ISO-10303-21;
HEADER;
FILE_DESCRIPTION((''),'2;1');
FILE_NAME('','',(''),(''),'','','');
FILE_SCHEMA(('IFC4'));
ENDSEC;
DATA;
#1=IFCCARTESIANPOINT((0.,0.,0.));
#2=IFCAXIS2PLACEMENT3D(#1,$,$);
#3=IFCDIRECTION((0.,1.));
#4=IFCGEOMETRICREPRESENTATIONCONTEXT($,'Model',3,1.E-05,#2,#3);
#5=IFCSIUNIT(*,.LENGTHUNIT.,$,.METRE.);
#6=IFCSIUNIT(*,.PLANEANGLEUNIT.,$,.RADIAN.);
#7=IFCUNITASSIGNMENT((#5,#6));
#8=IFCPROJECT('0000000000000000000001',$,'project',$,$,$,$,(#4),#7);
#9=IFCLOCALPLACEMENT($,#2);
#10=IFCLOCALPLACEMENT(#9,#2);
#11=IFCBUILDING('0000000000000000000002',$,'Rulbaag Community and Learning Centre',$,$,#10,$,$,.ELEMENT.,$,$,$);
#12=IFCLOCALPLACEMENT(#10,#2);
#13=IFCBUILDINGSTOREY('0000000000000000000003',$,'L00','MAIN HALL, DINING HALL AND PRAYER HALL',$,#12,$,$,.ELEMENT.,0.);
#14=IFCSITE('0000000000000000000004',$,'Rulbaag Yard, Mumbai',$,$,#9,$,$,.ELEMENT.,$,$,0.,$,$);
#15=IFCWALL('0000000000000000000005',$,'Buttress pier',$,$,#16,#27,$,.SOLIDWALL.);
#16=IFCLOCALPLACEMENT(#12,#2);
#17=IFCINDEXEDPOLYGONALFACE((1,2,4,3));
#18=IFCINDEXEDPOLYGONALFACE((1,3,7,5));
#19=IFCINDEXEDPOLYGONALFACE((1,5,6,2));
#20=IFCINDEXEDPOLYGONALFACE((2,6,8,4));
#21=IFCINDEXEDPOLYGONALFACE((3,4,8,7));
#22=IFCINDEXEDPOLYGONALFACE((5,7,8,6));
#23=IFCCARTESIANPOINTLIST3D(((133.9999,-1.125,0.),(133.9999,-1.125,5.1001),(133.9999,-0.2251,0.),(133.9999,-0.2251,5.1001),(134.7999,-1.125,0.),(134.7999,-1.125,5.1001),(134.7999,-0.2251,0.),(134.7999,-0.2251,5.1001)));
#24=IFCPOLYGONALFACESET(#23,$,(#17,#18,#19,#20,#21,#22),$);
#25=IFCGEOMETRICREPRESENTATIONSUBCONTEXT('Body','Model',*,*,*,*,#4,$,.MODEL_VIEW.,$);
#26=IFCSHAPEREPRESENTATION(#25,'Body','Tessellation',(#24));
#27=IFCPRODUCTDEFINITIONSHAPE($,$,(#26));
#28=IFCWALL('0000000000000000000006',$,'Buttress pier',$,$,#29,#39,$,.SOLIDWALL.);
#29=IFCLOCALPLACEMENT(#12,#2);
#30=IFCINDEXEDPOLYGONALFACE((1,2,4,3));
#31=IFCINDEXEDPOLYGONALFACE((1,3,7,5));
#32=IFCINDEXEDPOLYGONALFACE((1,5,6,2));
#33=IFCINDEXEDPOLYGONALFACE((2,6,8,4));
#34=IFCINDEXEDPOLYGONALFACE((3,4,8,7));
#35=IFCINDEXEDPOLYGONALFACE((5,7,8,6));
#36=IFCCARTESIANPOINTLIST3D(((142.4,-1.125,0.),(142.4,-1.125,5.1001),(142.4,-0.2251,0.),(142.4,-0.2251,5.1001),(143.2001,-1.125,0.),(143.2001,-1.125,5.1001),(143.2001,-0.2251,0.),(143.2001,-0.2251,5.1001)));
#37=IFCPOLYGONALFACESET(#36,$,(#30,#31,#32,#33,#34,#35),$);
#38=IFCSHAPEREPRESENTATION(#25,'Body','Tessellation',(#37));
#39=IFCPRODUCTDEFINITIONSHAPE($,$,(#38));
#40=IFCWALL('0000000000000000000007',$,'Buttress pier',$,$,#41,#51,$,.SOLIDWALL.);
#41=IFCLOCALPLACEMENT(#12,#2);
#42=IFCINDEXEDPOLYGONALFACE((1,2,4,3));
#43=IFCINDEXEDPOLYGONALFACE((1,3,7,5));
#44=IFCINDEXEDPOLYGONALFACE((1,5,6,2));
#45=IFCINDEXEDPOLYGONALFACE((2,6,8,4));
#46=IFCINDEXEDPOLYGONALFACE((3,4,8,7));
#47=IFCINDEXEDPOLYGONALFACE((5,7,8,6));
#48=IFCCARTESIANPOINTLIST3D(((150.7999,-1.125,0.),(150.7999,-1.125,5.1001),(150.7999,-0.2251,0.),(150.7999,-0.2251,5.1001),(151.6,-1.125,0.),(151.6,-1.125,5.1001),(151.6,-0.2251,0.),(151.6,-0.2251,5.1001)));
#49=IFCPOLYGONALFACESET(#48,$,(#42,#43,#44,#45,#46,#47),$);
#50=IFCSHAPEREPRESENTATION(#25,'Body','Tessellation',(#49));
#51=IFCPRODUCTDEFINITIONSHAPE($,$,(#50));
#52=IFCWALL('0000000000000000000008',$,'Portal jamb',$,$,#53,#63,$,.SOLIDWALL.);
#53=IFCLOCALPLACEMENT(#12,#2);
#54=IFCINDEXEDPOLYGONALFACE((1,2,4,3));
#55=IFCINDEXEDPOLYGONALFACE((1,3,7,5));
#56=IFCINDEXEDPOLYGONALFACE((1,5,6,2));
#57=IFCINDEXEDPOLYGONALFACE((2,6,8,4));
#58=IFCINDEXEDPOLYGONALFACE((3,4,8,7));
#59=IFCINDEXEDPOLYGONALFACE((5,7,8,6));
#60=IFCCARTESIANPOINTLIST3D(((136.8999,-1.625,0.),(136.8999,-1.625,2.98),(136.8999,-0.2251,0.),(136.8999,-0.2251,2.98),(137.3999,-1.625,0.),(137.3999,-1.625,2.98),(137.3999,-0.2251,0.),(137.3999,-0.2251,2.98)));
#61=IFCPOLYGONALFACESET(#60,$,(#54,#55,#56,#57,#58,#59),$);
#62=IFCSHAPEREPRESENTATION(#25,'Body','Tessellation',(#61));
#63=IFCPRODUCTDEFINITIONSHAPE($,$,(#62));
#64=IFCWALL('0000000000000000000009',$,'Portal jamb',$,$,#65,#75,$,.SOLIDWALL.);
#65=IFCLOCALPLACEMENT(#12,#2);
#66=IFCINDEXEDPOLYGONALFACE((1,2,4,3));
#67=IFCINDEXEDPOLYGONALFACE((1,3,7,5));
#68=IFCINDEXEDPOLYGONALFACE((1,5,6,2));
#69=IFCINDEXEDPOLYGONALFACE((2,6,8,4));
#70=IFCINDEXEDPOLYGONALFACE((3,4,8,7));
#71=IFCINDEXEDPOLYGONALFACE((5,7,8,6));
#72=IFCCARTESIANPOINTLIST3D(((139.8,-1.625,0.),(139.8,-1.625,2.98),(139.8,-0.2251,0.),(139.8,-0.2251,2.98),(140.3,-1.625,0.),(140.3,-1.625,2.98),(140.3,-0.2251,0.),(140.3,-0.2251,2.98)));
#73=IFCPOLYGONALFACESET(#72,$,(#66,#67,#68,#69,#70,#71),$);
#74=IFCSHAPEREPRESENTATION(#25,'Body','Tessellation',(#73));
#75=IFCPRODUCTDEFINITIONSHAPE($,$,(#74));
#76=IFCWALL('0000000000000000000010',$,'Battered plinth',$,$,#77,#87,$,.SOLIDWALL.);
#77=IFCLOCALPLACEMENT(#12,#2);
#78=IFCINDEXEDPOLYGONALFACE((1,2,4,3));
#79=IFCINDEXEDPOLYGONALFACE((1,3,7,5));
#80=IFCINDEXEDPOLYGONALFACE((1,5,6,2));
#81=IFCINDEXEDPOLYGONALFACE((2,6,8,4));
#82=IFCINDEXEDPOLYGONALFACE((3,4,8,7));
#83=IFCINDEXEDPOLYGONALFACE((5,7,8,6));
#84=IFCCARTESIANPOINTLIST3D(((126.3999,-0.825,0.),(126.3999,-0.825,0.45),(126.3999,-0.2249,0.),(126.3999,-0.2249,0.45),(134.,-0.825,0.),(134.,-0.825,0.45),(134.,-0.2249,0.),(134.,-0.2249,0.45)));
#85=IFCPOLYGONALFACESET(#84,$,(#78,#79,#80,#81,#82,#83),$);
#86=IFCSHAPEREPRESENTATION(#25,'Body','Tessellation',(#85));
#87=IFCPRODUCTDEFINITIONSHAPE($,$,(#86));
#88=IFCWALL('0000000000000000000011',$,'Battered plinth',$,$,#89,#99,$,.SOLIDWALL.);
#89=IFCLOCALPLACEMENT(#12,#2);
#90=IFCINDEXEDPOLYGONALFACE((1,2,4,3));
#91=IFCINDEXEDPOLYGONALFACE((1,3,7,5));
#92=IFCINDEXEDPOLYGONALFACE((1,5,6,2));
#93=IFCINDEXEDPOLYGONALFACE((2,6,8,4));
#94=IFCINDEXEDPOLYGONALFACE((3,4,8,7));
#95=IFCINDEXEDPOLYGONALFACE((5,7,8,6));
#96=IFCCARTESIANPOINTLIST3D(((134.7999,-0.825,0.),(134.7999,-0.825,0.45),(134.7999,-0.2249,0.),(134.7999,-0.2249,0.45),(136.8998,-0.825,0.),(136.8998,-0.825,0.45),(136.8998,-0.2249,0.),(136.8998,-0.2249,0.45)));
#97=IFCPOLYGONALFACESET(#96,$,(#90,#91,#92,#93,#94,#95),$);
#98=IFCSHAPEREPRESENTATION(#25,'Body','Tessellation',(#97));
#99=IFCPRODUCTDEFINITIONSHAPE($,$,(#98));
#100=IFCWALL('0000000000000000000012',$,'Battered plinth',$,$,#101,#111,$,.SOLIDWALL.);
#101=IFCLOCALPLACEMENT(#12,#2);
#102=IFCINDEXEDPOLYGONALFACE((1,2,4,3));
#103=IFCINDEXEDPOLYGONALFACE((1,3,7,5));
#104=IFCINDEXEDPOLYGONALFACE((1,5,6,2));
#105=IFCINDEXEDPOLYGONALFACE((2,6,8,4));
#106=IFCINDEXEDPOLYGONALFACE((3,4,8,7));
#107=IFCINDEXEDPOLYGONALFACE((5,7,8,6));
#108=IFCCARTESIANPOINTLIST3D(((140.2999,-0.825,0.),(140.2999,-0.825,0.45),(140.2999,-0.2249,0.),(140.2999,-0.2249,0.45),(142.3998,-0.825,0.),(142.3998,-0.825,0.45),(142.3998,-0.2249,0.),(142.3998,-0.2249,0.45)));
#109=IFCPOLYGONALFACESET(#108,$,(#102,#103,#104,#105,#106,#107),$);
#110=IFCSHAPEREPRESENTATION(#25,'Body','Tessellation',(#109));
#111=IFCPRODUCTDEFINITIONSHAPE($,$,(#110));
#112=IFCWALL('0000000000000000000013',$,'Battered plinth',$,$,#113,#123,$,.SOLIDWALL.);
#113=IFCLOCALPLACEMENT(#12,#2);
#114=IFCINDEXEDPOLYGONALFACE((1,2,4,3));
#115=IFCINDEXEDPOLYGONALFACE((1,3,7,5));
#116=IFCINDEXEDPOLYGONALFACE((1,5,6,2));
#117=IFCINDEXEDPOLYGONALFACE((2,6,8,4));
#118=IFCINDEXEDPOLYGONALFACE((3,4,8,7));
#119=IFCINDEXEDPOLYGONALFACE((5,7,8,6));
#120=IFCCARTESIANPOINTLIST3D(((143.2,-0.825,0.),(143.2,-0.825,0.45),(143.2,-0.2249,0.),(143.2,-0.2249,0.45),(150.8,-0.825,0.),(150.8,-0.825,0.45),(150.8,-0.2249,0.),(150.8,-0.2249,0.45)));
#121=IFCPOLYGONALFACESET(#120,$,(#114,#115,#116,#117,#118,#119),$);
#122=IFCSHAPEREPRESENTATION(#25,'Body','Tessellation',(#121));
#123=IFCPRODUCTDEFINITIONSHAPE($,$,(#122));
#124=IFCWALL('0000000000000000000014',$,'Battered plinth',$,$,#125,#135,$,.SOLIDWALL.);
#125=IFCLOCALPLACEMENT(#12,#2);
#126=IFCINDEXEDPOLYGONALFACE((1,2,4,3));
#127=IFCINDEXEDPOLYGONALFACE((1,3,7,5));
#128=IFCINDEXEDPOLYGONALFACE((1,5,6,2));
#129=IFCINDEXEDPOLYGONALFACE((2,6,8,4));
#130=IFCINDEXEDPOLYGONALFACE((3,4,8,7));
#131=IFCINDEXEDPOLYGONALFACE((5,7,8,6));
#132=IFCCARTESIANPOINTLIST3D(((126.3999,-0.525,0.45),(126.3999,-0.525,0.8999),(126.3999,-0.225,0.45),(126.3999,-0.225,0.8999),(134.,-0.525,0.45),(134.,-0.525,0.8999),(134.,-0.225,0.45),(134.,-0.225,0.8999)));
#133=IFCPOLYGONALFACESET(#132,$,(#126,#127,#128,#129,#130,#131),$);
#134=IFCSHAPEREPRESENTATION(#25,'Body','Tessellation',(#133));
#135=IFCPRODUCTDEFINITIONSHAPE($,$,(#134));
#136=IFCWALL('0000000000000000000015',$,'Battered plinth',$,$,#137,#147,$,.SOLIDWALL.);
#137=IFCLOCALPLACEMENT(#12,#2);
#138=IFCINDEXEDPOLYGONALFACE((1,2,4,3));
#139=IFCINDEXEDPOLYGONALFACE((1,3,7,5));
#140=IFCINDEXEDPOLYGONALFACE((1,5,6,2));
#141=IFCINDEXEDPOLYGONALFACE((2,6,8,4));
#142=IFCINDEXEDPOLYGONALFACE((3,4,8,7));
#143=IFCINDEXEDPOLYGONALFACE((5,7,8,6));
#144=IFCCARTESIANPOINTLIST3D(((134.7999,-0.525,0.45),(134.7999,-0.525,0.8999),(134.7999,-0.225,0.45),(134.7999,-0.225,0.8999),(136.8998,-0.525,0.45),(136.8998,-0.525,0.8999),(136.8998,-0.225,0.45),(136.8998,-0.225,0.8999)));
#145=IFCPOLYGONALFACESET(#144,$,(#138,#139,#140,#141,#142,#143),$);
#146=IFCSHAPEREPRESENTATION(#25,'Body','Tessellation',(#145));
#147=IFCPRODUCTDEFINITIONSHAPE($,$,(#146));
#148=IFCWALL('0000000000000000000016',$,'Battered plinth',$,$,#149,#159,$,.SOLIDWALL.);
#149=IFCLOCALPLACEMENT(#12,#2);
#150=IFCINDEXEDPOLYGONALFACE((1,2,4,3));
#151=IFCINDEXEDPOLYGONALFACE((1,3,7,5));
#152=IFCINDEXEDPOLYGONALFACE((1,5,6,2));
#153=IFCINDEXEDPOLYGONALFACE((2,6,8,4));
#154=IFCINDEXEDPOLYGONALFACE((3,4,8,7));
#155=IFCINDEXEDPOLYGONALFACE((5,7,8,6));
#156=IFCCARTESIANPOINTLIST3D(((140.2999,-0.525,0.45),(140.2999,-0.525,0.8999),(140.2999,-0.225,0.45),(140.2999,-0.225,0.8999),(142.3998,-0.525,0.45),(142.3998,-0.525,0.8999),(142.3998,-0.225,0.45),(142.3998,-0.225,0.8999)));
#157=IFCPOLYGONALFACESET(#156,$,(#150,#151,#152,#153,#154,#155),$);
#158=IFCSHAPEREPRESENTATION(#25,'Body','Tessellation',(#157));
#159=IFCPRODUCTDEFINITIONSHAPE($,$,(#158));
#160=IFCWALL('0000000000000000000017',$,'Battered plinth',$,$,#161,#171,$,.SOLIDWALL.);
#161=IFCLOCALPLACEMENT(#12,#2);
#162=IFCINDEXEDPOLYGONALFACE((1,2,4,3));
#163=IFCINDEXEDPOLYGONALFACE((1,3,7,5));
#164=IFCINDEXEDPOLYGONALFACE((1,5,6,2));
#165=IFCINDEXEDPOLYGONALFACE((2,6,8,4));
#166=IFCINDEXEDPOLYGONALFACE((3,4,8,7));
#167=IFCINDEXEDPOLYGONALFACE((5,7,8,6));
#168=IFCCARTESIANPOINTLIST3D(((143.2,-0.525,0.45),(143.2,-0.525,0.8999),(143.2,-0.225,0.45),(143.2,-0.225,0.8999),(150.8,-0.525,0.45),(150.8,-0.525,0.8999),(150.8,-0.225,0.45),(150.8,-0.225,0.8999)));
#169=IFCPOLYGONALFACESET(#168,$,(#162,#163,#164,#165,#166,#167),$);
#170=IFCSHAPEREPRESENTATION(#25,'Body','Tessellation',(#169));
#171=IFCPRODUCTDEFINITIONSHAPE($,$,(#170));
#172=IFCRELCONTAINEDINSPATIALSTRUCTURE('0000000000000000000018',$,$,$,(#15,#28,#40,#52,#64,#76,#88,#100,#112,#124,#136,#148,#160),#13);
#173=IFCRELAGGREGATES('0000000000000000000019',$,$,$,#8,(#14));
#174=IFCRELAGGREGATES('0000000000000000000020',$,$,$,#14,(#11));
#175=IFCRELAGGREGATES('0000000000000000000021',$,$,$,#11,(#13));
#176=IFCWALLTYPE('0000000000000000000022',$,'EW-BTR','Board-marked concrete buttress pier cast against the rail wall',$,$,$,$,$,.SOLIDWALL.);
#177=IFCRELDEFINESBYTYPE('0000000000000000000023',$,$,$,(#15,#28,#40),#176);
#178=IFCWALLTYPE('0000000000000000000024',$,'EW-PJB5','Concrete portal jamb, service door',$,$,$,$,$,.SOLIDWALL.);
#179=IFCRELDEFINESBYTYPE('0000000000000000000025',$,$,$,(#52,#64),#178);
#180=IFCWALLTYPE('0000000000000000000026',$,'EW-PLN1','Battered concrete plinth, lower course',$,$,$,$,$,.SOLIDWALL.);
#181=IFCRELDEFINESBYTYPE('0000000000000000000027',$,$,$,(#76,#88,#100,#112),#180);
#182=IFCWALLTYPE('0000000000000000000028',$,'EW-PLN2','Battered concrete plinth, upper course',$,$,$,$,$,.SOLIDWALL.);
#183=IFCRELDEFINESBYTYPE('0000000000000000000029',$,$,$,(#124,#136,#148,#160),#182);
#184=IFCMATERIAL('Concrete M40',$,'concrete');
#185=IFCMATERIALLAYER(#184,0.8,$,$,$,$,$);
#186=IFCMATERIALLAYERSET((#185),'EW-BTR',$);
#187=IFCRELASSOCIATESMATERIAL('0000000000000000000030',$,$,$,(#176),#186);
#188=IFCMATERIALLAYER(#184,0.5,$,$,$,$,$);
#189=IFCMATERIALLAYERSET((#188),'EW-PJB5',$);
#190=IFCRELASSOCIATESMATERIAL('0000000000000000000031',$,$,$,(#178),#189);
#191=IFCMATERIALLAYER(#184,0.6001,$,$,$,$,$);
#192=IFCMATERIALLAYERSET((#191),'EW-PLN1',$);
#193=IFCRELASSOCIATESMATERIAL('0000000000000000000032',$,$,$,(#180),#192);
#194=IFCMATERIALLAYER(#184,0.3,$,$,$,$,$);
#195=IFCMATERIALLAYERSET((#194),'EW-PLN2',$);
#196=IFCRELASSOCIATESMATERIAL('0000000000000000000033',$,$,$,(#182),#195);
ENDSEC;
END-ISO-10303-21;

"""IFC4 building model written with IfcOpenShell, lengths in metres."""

from ifc_helpers import new_model, si_unit, direction, frame, frame_2d, origin, place, context, subcontext, project, spatial, rectangle, extrude, material, layer, layer_set, type_object, element, save


model = new_model("IFC4")

# Units and contexts
model_context = context("Model", 3, precision=1e-05, world=origin(), true_north=direction((0.0, 1.0)))
body_context = subcontext(model_context, "Body", "Model", "MODEL_VIEW")
ifc_project = project(units=[si_unit("LENGTHUNIT", "METRE"), si_unit("PLANEANGLEUNIT", "RADIAN")], contexts=[model_context])

# Site, building, storey
site_placement = place(None, origin())
site = spatial("IfcSite", under=ifc_project, at=site_placement, Name="Rulbaag Yard, Mumbai", CompositionType="ELEMENT", RefElevation=0.0)
building_placement = place(site_placement, origin())
building = spatial("IfcBuilding", under=site, at=building_placement, Name="Rulbaag Community and Learning Centre", CompositionType="ELEMENT")
storey_placement = place(building_placement, origin())
storey = spatial("IfcBuildingStorey", under=building, at=storey_placement, Name="L00", Description="MAIN HALL, DINING HALL AND PRAYER HALL", CompositionType="ELEMENT", Elevation=0.0)

# Shared definitions
ifc_material_1 = material(Name="Concrete M40", Category="concrete")

# Walls
ifc_layer_1 = layer(ifc_material_1, 0.8)
ifc_layer_set_1 = layer_set([ifc_layer_1], Name="EW-BTR")
wall_type_1 = type_object("IfcWallType", Name="EW-BTR", Description="Board-marked concrete buttress pier cast against the rail wall", PredefinedType="SOLIDWALL", material=ifc_layer_set_1)
for number, where, z_axis, x_axis, name in (
    (1, (134.3999, -0.2251, 0.0), (0.0, 0.0, 1.0), (0.0, -1.0, 0.0), "Buttress pier"),
    (2, (142.8, -0.2251, 0.0), (0.0, 0.0, 1.0), (0.0, -1.0, 0.0), "Buttress pier"),
    (3, (151.2, -0.2251, 0.0), (0.0, 0.0, 1.0), (0.0, -1.0, 0.0), "Buttress pier"),
):
    element("IfcWall", number, at=place(storey_placement, frame(where, z_axis=z_axis, x_axis=x_axis)), inside=storey, type_object=wall_type_1, Name=name, PredefinedType="SOLIDWALL", context=body_context, shape_type="SweptSolid", body=[
        extrude(rectangle(XDim=0.8999, YDim=0.8, at=frame_2d((0.45, 0.0))), origin(), (0.0, 0.0, 1.0), 5.1001),
    ])
ifc_layer_2 = layer(ifc_material_1, 0.5)
ifc_layer_set_2 = layer_set([ifc_layer_2], Name="EW-PJB5")
wall_type_2 = type_object("IfcWallType", Name="EW-PJB5", Description="Concrete portal jamb, service door", PredefinedType="SOLIDWALL", material=ifc_layer_set_2)
for number, where, z_axis, x_axis, name in (
    (4, (137.1499, -0.2251, 0.0), (0.0, 0.0, 1.0), (0.0, -1.0, 0.0), "Portal jamb"),
    (5, (140.05, -0.2251, 0.0), (0.0, 0.0, 1.0), (0.0, -1.0, 0.0), "Portal jamb"),
):
    element("IfcWall", number, at=place(storey_placement, frame(where, z_axis=z_axis, x_axis=x_axis)), inside=storey, type_object=wall_type_2, Name=name, PredefinedType="SOLIDWALL", context=body_context, shape_type="SweptSolid", body=[
        extrude(rectangle(XDim=1.3999, YDim=0.5, at=frame_2d((0.7, 0.0))), origin(), (0.0, 0.0, 1.0), 2.98),
    ])
ifc_layer_3 = layer(ifc_material_1, 0.6001)
ifc_layer_set_3 = layer_set([ifc_layer_3], Name="EW-PLN1")
wall_type_3 = type_object("IfcWallType", Name="EW-PLN1", Description="Battered concrete plinth, lower course", PredefinedType="SOLIDWALL", material=ifc_layer_set_3)
wall_1_placement = place(storey_placement, frame((126.3999, -0.5249, 0.0), z_axis=(0.0, 0.0, 1.0), x_axis=(1.0, 0.0, 0.0)))
element("IfcWall", 6, at=wall_1_placement, inside=storey, type_object=wall_type_3, Name="Battered plinth", PredefinedType="SOLIDWALL", context=body_context, shape_type="SweptSolid", body=[
    extrude(rectangle(XDim=7.6001, YDim=0.6001, at=frame_2d((3.8, 0.0))), origin(), (0.0, 0.0, 1.0), 0.45),
])
for number, where, z_axis, x_axis, name in (
    (7, (134.8, -0.5249, 0.0), (0.0, 0.0, 1.0), (1.0, 0.0, 0.0), "Battered plinth"),
    (8, (140.3, -0.5249, 0.0), (0.0, 0.0, 1.0), (1.0, 0.0, 0.0), "Battered plinth"),
):
    element("IfcWall", number, at=place(storey_placement, frame(where, z_axis=z_axis, x_axis=x_axis)), inside=storey, type_object=wall_type_3, Name=name, PredefinedType="SOLIDWALL", context=body_context, shape_type="SweptSolid", body=[
        extrude(rectangle(XDim=2.0999, YDim=0.6001, at=frame_2d((1.0498, 0.0))), origin(), (0.0, 0.0, 1.0), 0.45),
    ])
wall_2_placement = place(storey_placement, frame((143.2, -0.5249, 0.0), z_axis=(0.0, 0.0, 1.0), x_axis=(1.0, 0.0, 0.0)))
element("IfcWall", 9, at=wall_2_placement, inside=storey, type_object=wall_type_3, Name="Battered plinth", PredefinedType="SOLIDWALL", context=body_context, shape_type="SweptSolid", body=[
    extrude(rectangle(XDim=7.6001, YDim=0.6001, at=frame_2d((3.8, 0.0))), origin(), (0.0, 0.0, 1.0), 0.45),
])
ifc_layer_4 = layer(ifc_material_1, 0.3)
ifc_layer_set_4 = layer_set([ifc_layer_4], Name="EW-PLN2")
wall_type_4 = type_object("IfcWallType", Name="EW-PLN2", Description="Battered concrete plinth, upper course", PredefinedType="SOLIDWALL", material=ifc_layer_set_4)
wall_3_placement = place(storey_placement, frame((126.3999, -0.375, 0.45), z_axis=(0.0, 0.0, 1.0), x_axis=(1.0, 0.0, 0.0)))
element("IfcWall", 10, at=wall_3_placement, inside=storey, type_object=wall_type_4, Name="Battered plinth", PredefinedType="SOLIDWALL", context=body_context, shape_type="SweptSolid", body=[
    extrude(rectangle(XDim=7.6001, YDim=0.3, at=frame_2d((3.8, 0.0))), origin(), (0.0, 0.0, 1.0), 0.45),
])
for number, where, z_axis, x_axis, name in (
    (11, (134.8, -0.375, 0.45), (0.0, 0.0, 1.0), (1.0, 0.0, 0.0), "Battered plinth"),
    (12, (140.3, -0.375, 0.45), (0.0, 0.0, 1.0), (1.0, 0.0, 0.0), "Battered plinth"),
):
    element("IfcWall", number, at=place(storey_placement, frame(where, z_axis=z_axis, x_axis=x_axis)), inside=storey, type_object=wall_type_4, Name=name, PredefinedType="SOLIDWALL", context=body_context, shape_type="SweptSolid", body=[
        extrude(rectangle(XDim=2.0999, YDim=0.3, at=frame_2d((1.0498, 0.0))), origin(), (0.0, 0.0, 1.0), 0.45),
    ])
wall_4_placement = place(storey_placement, frame((143.2, -0.375, 0.45), z_axis=(0.0, 0.0, 1.0), x_axis=(1.0, 0.0, 0.0)))
element("IfcWall", 13, at=wall_4_placement, inside=storey, type_object=wall_type_4, Name="Battered plinth", PredefinedType="SOLIDWALL", context=body_context, shape_type="SweptSolid", body=[
    extrude(rectangle(XDim=7.6001, YDim=0.3, at=frame_2d((3.8, 0.0))), origin(), (0.0, 0.0, 1.0), 0.45),
])

save(model, "model.ifc")
